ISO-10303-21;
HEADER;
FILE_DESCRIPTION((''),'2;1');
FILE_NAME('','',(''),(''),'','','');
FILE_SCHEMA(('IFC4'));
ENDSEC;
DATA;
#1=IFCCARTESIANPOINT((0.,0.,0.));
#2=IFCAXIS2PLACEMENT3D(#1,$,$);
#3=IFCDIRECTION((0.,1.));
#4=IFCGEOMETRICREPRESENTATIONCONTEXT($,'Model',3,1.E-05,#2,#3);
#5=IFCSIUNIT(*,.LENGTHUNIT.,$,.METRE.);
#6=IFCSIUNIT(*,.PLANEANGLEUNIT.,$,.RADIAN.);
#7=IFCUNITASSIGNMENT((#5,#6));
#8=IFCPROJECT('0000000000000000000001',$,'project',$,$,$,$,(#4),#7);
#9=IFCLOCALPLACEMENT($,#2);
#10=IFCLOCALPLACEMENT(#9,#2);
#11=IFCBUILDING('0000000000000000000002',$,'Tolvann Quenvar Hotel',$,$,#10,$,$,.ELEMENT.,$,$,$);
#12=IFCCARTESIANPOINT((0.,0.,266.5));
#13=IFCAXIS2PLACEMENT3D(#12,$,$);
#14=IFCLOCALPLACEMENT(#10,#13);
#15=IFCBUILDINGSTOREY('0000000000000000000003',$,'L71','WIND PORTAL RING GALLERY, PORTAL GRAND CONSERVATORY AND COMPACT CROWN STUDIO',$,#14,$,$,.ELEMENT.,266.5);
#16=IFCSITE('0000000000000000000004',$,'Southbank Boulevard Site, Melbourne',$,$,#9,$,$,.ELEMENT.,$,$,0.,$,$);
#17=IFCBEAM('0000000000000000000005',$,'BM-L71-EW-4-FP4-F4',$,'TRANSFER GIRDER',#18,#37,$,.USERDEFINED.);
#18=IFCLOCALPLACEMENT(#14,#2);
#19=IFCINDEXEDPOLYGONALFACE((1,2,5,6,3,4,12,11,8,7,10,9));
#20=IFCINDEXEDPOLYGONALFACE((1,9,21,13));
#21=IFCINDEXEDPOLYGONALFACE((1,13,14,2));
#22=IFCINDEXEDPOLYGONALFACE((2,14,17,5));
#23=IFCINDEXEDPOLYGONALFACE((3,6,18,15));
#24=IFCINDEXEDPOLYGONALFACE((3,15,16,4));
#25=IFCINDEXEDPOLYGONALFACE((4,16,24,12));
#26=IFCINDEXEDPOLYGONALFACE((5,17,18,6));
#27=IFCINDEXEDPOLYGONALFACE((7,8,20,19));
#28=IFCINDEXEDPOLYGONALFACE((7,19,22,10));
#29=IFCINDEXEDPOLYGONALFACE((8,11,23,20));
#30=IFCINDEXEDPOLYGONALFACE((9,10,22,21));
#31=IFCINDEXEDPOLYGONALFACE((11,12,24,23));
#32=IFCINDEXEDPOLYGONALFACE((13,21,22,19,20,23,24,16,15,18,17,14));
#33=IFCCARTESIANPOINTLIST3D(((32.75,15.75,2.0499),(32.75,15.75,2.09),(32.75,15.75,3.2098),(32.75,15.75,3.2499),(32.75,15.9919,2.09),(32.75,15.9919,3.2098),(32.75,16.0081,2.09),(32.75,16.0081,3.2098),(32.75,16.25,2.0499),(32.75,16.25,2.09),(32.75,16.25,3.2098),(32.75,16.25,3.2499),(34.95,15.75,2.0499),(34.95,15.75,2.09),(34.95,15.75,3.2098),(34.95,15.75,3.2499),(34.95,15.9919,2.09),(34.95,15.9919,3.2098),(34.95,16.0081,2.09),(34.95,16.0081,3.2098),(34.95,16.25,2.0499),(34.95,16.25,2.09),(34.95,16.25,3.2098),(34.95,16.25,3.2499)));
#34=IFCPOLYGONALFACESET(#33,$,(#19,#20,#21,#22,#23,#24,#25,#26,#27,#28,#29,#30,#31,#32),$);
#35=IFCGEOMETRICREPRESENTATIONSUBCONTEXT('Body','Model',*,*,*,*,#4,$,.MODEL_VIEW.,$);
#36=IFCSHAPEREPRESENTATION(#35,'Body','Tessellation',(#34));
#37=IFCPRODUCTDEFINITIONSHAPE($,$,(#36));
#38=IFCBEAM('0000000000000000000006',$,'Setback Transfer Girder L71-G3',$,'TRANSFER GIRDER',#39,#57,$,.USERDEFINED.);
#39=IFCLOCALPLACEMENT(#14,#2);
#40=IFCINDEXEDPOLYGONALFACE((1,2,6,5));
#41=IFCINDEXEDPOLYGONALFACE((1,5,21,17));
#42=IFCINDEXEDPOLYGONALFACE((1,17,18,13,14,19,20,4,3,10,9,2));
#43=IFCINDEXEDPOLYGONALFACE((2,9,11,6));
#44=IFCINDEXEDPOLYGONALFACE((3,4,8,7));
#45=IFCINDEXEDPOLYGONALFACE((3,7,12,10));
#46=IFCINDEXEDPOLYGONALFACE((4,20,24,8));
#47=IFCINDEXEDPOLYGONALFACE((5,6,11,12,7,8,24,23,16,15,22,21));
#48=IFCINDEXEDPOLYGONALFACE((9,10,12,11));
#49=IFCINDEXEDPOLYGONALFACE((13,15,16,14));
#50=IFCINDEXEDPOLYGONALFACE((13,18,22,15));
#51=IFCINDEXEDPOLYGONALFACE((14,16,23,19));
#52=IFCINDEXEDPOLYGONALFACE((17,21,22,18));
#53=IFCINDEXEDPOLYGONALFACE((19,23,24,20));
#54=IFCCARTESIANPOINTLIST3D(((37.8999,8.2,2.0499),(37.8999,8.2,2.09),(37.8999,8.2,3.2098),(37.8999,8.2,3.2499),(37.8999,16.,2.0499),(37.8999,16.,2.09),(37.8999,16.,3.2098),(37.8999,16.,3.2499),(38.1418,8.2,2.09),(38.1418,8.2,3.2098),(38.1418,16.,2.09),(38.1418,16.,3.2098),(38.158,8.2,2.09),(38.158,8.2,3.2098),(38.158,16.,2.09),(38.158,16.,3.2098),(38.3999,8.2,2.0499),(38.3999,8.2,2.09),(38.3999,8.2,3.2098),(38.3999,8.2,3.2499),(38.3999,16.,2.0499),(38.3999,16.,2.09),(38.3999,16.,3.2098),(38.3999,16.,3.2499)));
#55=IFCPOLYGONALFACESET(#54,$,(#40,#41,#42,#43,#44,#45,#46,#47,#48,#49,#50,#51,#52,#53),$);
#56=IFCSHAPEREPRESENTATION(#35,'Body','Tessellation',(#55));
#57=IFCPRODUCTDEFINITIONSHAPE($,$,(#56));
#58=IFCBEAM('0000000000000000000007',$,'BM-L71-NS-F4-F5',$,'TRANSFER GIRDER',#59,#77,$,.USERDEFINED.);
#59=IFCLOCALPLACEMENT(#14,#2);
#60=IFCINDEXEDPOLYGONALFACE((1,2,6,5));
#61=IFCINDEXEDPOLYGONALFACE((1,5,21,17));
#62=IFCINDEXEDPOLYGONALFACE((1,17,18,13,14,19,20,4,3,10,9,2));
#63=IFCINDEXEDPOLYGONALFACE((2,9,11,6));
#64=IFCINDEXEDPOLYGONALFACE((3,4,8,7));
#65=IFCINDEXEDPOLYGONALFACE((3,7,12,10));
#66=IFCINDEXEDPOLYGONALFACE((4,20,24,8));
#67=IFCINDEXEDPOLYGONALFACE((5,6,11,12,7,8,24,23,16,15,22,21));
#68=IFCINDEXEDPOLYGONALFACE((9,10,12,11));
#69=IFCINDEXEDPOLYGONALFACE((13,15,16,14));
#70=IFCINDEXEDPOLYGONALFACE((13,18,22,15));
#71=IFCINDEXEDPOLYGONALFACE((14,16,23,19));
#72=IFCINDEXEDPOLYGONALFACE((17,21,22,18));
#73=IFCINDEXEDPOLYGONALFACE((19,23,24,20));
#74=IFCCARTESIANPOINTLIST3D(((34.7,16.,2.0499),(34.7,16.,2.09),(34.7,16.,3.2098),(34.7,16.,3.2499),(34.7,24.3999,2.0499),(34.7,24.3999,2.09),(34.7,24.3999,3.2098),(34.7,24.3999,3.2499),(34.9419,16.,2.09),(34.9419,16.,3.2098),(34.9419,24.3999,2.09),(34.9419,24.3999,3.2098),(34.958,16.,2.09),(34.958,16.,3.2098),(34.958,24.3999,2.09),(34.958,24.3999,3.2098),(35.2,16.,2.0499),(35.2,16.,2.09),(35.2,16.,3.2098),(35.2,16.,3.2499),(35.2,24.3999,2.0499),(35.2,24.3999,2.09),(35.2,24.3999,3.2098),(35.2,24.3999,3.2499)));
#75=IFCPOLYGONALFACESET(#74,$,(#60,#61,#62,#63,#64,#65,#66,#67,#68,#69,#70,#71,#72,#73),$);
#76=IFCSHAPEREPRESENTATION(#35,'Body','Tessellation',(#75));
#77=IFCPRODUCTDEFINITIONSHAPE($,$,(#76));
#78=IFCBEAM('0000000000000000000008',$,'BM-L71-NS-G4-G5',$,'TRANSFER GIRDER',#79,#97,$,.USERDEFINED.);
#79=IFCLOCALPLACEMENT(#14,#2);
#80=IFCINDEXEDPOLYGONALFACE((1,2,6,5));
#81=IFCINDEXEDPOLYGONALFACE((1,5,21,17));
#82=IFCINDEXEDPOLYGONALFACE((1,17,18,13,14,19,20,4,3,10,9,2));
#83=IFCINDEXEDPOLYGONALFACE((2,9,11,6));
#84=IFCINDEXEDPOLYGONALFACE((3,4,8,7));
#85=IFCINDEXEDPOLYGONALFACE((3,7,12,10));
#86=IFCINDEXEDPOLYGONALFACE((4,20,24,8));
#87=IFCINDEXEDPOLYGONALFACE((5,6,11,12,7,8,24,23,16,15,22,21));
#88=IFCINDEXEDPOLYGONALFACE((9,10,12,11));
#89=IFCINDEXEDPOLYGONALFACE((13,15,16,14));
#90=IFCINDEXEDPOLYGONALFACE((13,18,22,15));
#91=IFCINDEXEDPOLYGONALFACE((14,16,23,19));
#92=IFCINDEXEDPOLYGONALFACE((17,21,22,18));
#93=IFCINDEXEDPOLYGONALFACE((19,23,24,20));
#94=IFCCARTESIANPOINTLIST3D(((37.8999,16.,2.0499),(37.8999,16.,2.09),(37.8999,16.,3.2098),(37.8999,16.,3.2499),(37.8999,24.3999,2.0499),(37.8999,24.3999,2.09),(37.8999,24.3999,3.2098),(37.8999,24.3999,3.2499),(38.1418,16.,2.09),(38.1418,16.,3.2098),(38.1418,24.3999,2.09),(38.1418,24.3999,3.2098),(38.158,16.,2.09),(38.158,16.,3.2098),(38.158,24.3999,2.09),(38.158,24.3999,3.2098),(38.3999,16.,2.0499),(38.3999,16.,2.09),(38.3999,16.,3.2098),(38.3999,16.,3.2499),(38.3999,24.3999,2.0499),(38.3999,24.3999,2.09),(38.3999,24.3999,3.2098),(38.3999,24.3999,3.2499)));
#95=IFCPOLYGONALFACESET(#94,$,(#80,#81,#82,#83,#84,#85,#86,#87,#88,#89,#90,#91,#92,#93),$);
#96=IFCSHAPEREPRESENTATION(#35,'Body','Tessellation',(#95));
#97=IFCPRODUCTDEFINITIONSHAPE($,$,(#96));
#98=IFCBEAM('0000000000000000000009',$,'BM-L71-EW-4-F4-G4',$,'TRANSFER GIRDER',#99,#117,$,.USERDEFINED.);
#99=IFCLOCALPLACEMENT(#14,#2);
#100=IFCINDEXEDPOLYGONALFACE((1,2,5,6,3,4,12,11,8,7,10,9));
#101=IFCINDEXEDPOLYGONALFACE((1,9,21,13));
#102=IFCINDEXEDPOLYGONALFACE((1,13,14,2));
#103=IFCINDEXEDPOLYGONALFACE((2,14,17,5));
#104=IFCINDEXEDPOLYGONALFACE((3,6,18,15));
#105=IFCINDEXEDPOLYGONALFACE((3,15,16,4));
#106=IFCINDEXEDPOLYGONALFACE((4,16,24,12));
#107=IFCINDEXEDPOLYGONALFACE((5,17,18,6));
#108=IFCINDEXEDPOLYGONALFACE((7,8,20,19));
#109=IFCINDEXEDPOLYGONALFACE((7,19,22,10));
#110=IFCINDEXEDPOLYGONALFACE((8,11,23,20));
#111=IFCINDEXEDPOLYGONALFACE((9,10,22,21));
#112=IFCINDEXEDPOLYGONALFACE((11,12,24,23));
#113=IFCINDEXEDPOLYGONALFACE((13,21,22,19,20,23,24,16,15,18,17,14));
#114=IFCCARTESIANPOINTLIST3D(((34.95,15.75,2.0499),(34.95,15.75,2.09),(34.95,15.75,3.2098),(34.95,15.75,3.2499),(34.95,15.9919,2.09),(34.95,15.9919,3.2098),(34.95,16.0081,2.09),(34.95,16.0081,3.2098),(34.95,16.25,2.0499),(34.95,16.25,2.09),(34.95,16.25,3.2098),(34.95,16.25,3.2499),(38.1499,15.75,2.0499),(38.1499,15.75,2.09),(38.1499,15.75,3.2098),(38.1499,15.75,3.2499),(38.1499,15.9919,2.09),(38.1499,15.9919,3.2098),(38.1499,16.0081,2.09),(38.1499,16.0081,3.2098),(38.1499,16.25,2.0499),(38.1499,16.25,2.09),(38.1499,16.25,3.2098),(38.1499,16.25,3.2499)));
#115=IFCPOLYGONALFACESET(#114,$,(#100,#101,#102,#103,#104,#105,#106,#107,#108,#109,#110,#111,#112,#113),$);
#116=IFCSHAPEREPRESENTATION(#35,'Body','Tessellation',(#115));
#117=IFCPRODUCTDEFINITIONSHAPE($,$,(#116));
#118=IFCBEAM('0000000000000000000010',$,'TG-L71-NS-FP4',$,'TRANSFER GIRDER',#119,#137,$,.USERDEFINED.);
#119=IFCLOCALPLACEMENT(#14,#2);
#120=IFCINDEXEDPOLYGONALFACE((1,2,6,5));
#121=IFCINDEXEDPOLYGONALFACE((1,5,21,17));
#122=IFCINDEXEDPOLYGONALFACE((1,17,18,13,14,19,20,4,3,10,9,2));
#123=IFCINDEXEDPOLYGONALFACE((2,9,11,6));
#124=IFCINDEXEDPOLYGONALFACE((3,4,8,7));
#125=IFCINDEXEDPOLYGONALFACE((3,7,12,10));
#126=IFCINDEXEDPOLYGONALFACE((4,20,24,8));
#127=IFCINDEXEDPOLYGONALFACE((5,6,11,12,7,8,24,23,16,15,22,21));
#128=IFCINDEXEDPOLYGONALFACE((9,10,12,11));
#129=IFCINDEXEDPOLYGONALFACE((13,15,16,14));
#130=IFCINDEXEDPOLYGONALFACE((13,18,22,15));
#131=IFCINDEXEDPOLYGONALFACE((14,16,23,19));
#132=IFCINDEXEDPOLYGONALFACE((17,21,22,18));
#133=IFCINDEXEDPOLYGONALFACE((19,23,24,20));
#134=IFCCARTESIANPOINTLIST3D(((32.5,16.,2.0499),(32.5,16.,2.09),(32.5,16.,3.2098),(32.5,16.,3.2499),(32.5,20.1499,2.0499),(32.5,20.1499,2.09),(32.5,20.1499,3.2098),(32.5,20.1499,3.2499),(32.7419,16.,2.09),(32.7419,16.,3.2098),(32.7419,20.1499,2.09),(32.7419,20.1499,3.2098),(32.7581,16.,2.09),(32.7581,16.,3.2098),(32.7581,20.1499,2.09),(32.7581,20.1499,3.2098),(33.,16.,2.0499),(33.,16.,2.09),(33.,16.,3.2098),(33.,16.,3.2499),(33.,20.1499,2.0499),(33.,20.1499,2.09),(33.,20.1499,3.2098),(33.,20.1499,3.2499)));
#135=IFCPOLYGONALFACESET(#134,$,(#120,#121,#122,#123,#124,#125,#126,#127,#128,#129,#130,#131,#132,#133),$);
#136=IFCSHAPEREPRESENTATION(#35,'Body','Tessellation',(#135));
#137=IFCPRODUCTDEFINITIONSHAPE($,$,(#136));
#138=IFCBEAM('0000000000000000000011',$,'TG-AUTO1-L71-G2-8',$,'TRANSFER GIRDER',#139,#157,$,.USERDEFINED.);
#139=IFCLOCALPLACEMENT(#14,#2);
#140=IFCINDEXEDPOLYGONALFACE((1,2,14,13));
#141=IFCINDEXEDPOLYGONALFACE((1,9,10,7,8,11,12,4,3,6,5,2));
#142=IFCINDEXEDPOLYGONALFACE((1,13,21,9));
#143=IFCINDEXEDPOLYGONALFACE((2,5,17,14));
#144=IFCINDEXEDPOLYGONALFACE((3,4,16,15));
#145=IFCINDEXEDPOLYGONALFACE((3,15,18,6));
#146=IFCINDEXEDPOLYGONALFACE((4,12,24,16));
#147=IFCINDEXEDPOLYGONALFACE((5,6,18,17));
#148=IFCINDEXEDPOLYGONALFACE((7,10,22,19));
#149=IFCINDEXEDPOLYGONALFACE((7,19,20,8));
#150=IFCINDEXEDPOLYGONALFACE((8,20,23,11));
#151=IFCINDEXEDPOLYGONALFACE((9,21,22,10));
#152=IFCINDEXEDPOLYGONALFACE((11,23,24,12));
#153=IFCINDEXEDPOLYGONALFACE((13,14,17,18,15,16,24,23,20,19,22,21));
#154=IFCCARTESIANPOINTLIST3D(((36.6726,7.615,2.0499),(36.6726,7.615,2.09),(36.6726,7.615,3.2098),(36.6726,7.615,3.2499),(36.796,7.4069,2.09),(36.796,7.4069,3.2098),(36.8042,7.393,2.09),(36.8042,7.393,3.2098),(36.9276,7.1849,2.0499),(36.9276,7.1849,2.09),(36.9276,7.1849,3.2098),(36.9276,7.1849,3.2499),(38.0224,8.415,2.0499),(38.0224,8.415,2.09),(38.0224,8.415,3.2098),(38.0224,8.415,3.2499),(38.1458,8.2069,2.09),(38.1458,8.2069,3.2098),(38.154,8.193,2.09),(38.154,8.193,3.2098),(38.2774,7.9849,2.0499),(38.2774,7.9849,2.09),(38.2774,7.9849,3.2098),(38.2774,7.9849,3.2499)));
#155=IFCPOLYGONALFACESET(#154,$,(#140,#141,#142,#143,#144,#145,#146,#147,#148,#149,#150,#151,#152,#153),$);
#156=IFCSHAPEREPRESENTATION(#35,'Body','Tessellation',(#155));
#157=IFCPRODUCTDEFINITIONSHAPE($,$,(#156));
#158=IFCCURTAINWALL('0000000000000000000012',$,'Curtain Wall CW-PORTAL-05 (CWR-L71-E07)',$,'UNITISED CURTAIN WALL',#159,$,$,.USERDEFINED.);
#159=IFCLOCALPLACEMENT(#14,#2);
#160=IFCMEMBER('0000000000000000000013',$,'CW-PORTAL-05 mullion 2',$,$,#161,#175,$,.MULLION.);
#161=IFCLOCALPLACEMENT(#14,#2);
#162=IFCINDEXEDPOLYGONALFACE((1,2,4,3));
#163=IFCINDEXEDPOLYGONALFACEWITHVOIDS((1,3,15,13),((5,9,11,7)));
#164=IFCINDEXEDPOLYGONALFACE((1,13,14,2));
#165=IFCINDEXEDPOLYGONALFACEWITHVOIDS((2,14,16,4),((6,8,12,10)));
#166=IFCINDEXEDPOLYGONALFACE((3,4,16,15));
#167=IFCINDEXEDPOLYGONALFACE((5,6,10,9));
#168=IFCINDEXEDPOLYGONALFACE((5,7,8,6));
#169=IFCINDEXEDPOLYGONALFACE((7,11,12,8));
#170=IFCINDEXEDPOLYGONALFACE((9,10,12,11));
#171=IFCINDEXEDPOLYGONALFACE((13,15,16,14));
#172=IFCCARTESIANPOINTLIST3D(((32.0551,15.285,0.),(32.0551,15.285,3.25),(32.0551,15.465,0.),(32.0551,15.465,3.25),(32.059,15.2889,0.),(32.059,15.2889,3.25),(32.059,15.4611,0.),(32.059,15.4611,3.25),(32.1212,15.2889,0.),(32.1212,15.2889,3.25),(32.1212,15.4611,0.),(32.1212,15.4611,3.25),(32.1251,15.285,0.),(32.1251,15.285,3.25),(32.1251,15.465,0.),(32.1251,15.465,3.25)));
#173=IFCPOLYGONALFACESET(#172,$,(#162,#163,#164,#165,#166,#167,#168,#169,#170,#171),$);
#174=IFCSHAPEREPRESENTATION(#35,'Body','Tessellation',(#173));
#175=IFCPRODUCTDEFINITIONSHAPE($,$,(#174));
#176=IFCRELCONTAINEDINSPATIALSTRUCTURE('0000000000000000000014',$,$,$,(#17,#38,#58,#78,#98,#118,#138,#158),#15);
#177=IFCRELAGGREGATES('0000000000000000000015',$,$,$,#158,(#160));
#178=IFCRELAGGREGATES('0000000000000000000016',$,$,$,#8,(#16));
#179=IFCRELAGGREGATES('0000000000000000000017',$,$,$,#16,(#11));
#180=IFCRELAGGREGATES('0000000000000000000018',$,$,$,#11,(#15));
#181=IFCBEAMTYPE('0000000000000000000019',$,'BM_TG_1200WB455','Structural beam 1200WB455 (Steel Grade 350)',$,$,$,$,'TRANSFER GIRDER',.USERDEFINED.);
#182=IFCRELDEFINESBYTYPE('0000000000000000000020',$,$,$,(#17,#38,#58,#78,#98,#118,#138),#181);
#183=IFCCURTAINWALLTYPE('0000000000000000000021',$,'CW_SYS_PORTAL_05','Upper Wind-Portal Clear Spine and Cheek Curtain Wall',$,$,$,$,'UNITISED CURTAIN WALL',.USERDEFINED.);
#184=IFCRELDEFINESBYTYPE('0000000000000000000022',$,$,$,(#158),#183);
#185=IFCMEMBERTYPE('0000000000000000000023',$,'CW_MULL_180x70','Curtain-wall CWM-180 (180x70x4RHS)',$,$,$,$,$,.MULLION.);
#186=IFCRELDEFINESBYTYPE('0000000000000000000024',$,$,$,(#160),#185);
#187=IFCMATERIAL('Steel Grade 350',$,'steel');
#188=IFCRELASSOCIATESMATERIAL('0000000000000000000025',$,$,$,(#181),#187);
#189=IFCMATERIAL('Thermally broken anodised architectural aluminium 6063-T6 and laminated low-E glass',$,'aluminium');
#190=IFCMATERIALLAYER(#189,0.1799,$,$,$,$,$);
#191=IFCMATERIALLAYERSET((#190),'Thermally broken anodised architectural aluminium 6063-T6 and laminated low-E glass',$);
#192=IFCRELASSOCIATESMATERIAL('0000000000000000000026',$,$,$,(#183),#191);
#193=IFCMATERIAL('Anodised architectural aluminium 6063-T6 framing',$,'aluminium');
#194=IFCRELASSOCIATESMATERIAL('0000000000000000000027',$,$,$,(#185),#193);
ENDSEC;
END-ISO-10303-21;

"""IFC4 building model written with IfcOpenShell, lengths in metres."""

from ifc_helpers import new_model, si_unit, direction, frame, origin, origin_2d, place, context, subcontext, project, spatial, hollow_rectangle, i_section, extrude, source, transform, mapped, material, layer, layer_set, material_profile, profile_set, type_object, type_shapes, element, aggregate, save


model = new_model("IFC4")

# Units and contexts
model_context = context("Model", 3, precision=1e-05, world=origin(), true_north=direction((0.0, 1.0)))
body_context = subcontext(model_context, "Body", "Model", "MODEL_VIEW")
ifc_project = project(units=[si_unit("LENGTHUNIT", "METRE"), si_unit("PLANEANGLEUNIT", "RADIAN")], contexts=[model_context])

# Site, building, storey
site_placement = place(None, origin())
site = spatial("IfcSite", under=ifc_project, at=site_placement, Name="Southbank Boulevard Site, Melbourne", CompositionType="ELEMENT", RefElevation=0.0)
building_placement = place(site_placement, origin())
building = spatial("IfcBuilding", under=site, at=building_placement, Name="Tolvann Quenvar Hotel", CompositionType="ELEMENT")
storey_placement = place(building_placement, frame((0.0, 0.0, 266.5)))
storey = spatial("IfcBuildingStorey", under=building, at=storey_placement, Name="L71", Description="WIND PORTAL RING GALLERY, PORTAL GRAND CONSERVATORY AND COMPACT CROWN STUDIO", CompositionType="ELEMENT", Elevation=266.5)

# Shared definitions
ifc_material_1 = material(Name="Steel Grade 350", Category="steel")

# Beams
ifc_material_profile_1 = material_profile(ifc_material_1, i_section(OverallWidth=0.5, OverallDepth=1.2, WebThickness=0.0161, FlangeThickness=0.04, at=origin_2d()), Name="1200WB455")
ifc_profile_set_1 = profile_set([ifc_material_profile_1], Name="Steel Grade 350")
beam_type = type_object("IfcBeamType", Name="BM_TG_1200WB455", Description="Structural beam 1200WB455 (Steel Grade 350)", ElementType="TRANSFER GIRDER", PredefinedType="USERDEFINED", material=ifc_profile_set_1)
shared_shape_1 = source(origin(), body_context, "Body", "SweptSolid", [
    extrude(i_section(OverallWidth=0.5, OverallDepth=1.2, WebThickness=0.0161, FlangeThickness=0.04, at=origin_2d()), origin(), (0.0, 0.0, 1.0), 2.2),
])
beam_1_placement = place(storey_placement, frame((32.75, 16.0, 2.6499), z_axis=(1.0, 0.0, 0.0), x_axis=(0.0, 1.0, 0.0)))
element("IfcBeam", 1, at=beam_1_placement, inside=storey, type_object=beam_type, Name="BM-L71-EW-4-FP4-F4", ObjectType="TRANSFER GIRDER", PredefinedType="USERDEFINED", context=body_context, shape_type="MappedRepresentation", body=[
    mapped(shared_shape_1, transform((0.0, 0.0, 0.0), x_axis=(1.0, 0.0, 0.0), y_axis=(0.0, 1.0, 0.0), z_axis=(0.0, 0.0, 1.0), scale=1.0)),
])
shared_shape_2 = source(origin(), body_context, "Body", "SweptSolid", [
    extrude(i_section(OverallWidth=0.5, OverallDepth=1.2, WebThickness=0.0161, FlangeThickness=0.04, at=origin_2d()), origin(), (0.0, 0.0, 1.0), 7.8),
])
beam_2_placement = place(storey_placement, frame((38.1499, 8.2, 2.6499), z_axis=(0.0, 1.0, 0.0), x_axis=(-1.0, 0.0, 0.0)))
element("IfcBeam", 2, at=beam_2_placement, inside=storey, type_object=beam_type, Name="Setback Transfer Girder L71-G3", ObjectType="TRANSFER GIRDER", PredefinedType="USERDEFINED", context=body_context, shape_type="MappedRepresentation", body=[
    mapped(shared_shape_2, transform((0.0, 0.0, 0.0), x_axis=(1.0, 0.0, 0.0), y_axis=(0.0, 1.0, 0.0), z_axis=(0.0, 0.0, 1.0), scale=1.0)),
])
shared_shape_3 = source(origin(), body_context, "Body", "SweptSolid", [
    extrude(i_section(OverallWidth=0.5, OverallDepth=1.2, WebThickness=0.0161, FlangeThickness=0.04, at=origin_2d()), origin(), (0.0, 0.0, 1.0), 8.3999),
])
for number, where, z_axis, x_axis, name in (
    (3, (34.95, 16.0, 2.6499), (0.0, 1.0, 0.0), (-1.0, 0.0, 0.0), "BM-L71-NS-F4-F5"),
    (4, (38.1499, 16.0, 2.6499), (0.0, 1.0, 0.0), (-1.0, 0.0, 0.0), "BM-L71-NS-G4-G5"),
):
    element("IfcBeam", number, at=place(storey_placement, frame(where, z_axis=z_axis, x_axis=x_axis)), inside=storey, type_object=beam_type, Name=name, ObjectType="TRANSFER GIRDER", PredefinedType="USERDEFINED", context=body_context, shape_type="MappedRepresentation", body=[
        mapped(shared_shape_3, transform((0.0, 0.0, 0.0), x_axis=(1.0, 0.0, 0.0), y_axis=(0.0, 1.0, 0.0), z_axis=(0.0, 0.0, 1.0), scale=1.0)),
    ])
shared_shape_4 = source(origin(), body_context, "Body", "SweptSolid", [
    extrude(i_section(OverallWidth=0.5, OverallDepth=1.2, WebThickness=0.0161, FlangeThickness=0.04, at=origin_2d()), origin(), (0.0, 0.0, 1.0), 3.2),
])
beam_3_placement = place(storey_placement, frame((34.95, 16.0, 2.6499), z_axis=(1.0, 0.0, 0.0), x_axis=(0.0, 1.0, 0.0)))
element("IfcBeam", 5, at=beam_3_placement, inside=storey, type_object=beam_type, Name="BM-L71-EW-4-F4-G4", ObjectType="TRANSFER GIRDER", PredefinedType="USERDEFINED", context=body_context, shape_type="MappedRepresentation", body=[
    mapped(shared_shape_4, transform((0.0, 0.0, 0.0), x_axis=(1.0, 0.0, 0.0), y_axis=(0.0, 1.0, 0.0), z_axis=(0.0, 0.0, 1.0), scale=1.0)),
])
shared_shape_5 = source(origin(), body_context, "Body", "SweptSolid", [
    extrude(i_section(OverallWidth=0.5, OverallDepth=1.2, WebThickness=0.0161, FlangeThickness=0.04, at=origin_2d()), origin(), (0.0, 0.0, 1.0), 4.1499),
])
beam_4_placement = place(storey_placement, frame((32.75, 16.0, 2.6499), z_axis=(0.0, 1.0, 0.0), x_axis=(-1.0, 0.0, 0.0)))
element("IfcBeam", 6, at=beam_4_placement, inside=storey, type_object=beam_type, Name="TG-L71-NS-FP4", ObjectType="TRANSFER GIRDER", PredefinedType="USERDEFINED", context=body_context, shape_type="MappedRepresentation", body=[
    mapped(shared_shape_5, transform((0.0, 0.0, 0.0), x_axis=(1.0, 0.0, 0.0), y_axis=(0.0, 1.0, 0.0), z_axis=(0.0, 0.0, 1.0), scale=1.0)),
])
shared_shape_6 = source(origin(), body_context, "Body", "SweptSolid", [
    extrude(i_section(OverallWidth=0.5, OverallDepth=1.2, WebThickness=0.0161, FlangeThickness=0.04, at=origin_2d()), origin(), (0.0, 0.0, 1.0), 1.5691),
])
type_shapes(beam_type, [shared_shape_1, shared_shape_2, shared_shape_3, shared_shape_4, shared_shape_5, shared_shape_6])
beam_5_placement = place(storey_placement, frame((38.1499, 8.2, 2.6499), z_axis=(-0.860254, -0.509866, 0.0), x_axis=(0.509866, -0.860254, 0.0)))
element("IfcBeam", 7, at=beam_5_placement, inside=storey, type_object=beam_type, Name="TG-AUTO1-L71-G2-8", ObjectType="TRANSFER GIRDER", PredefinedType="USERDEFINED", context=body_context, shape_type="MappedRepresentation", body=[
    mapped(shared_shape_6, transform((0.0, 0.0, 0.0), x_axis=(1.0, 0.0, 0.0), y_axis=(0.0, 1.0, 0.0), z_axis=(0.0, 0.0, 1.0), scale=1.0)),
])

# Curtain wall, member
ifc_material_2 = material(Name="Thermally broken anodised architectural aluminium 6063-T6 and laminated low-E glass", Category="aluminium")
ifc_layer_1 = layer(ifc_material_2, 0.1799)
ifc_layer_set_1 = layer_set([ifc_layer_1], Name="Thermally broken anodised architectural aluminium 6063-T6 and laminated low-E glass")
curtain_wall_type = type_object("IfcCurtainWallType", Name="CW_SYS_PORTAL_05", Description="Upper Wind-Portal Clear Spine and Cheek Curtain Wall", ElementType="UNITISED CURTAIN WALL", PredefinedType="USERDEFINED", material=ifc_layer_set_1)
curtain_wall_placement = place(storey_placement, origin())
curtain_wall = element("IfcCurtainWall", 8, at=curtain_wall_placement, inside=storey, type_object=curtain_wall_type, Name="Curtain Wall CW-PORTAL-05 (CWR-L71-E07)", ObjectType="UNITISED CURTAIN WALL", PredefinedType="USERDEFINED")
ifc_material_3 = material(Name="Anodised architectural aluminium 6063-T6 framing", Category="aluminium")
ifc_material_profile_2 = material_profile(ifc_material_3, hollow_rectangle(XDim=0.0701, YDim=0.1799, WallThickness=0.0039, at=origin_2d()), Name="180x70x4RHS")
ifc_profile_set_2 = profile_set([ifc_material_profile_2], Name="Anodised architectural aluminium 6063-T6 framing")
member_type_1 = type_object("IfcMemberType", Name="CW_MULL_180x70", Description="Curtain-wall CWM-180 (180x70x4RHS)", PredefinedType="MULLION", material=ifc_profile_set_2)
shared_shape_7 = source(origin(), body_context, "Body", "SweptSolid", [
    extrude(hollow_rectangle(XDim=0.0701, YDim=0.1799, WallThickness=0.0039, at=origin_2d()), origin(), (0.0, 0.0, 1.0), 3.25),
])
type_shapes(member_type_1, [shared_shape_7])
member_1_placement = place(storey_placement, frame((32.0901, 15.375, 0.0), z_axis=(0.0, 0.0, 1.0), x_axis=(1.0, 0.0, 0.0)))
member_1 = element("IfcMember", 9, at=member_1_placement, type_object=member_type_1, Name="CW-PORTAL-05 mullion 2", PredefinedType="MULLION", context=body_context, shape_type="MappedRepresentation", body=[
    mapped(shared_shape_7, transform((0.0, 0.0, 0.0), x_axis=(1.0, 0.0, 0.0), y_axis=(0.0, 1.0, 0.0), z_axis=(0.0, 0.0, 1.0), scale=1.0)),
])
aggregate(curtain_wall, [member_1])

save(model, "model.ifc")
